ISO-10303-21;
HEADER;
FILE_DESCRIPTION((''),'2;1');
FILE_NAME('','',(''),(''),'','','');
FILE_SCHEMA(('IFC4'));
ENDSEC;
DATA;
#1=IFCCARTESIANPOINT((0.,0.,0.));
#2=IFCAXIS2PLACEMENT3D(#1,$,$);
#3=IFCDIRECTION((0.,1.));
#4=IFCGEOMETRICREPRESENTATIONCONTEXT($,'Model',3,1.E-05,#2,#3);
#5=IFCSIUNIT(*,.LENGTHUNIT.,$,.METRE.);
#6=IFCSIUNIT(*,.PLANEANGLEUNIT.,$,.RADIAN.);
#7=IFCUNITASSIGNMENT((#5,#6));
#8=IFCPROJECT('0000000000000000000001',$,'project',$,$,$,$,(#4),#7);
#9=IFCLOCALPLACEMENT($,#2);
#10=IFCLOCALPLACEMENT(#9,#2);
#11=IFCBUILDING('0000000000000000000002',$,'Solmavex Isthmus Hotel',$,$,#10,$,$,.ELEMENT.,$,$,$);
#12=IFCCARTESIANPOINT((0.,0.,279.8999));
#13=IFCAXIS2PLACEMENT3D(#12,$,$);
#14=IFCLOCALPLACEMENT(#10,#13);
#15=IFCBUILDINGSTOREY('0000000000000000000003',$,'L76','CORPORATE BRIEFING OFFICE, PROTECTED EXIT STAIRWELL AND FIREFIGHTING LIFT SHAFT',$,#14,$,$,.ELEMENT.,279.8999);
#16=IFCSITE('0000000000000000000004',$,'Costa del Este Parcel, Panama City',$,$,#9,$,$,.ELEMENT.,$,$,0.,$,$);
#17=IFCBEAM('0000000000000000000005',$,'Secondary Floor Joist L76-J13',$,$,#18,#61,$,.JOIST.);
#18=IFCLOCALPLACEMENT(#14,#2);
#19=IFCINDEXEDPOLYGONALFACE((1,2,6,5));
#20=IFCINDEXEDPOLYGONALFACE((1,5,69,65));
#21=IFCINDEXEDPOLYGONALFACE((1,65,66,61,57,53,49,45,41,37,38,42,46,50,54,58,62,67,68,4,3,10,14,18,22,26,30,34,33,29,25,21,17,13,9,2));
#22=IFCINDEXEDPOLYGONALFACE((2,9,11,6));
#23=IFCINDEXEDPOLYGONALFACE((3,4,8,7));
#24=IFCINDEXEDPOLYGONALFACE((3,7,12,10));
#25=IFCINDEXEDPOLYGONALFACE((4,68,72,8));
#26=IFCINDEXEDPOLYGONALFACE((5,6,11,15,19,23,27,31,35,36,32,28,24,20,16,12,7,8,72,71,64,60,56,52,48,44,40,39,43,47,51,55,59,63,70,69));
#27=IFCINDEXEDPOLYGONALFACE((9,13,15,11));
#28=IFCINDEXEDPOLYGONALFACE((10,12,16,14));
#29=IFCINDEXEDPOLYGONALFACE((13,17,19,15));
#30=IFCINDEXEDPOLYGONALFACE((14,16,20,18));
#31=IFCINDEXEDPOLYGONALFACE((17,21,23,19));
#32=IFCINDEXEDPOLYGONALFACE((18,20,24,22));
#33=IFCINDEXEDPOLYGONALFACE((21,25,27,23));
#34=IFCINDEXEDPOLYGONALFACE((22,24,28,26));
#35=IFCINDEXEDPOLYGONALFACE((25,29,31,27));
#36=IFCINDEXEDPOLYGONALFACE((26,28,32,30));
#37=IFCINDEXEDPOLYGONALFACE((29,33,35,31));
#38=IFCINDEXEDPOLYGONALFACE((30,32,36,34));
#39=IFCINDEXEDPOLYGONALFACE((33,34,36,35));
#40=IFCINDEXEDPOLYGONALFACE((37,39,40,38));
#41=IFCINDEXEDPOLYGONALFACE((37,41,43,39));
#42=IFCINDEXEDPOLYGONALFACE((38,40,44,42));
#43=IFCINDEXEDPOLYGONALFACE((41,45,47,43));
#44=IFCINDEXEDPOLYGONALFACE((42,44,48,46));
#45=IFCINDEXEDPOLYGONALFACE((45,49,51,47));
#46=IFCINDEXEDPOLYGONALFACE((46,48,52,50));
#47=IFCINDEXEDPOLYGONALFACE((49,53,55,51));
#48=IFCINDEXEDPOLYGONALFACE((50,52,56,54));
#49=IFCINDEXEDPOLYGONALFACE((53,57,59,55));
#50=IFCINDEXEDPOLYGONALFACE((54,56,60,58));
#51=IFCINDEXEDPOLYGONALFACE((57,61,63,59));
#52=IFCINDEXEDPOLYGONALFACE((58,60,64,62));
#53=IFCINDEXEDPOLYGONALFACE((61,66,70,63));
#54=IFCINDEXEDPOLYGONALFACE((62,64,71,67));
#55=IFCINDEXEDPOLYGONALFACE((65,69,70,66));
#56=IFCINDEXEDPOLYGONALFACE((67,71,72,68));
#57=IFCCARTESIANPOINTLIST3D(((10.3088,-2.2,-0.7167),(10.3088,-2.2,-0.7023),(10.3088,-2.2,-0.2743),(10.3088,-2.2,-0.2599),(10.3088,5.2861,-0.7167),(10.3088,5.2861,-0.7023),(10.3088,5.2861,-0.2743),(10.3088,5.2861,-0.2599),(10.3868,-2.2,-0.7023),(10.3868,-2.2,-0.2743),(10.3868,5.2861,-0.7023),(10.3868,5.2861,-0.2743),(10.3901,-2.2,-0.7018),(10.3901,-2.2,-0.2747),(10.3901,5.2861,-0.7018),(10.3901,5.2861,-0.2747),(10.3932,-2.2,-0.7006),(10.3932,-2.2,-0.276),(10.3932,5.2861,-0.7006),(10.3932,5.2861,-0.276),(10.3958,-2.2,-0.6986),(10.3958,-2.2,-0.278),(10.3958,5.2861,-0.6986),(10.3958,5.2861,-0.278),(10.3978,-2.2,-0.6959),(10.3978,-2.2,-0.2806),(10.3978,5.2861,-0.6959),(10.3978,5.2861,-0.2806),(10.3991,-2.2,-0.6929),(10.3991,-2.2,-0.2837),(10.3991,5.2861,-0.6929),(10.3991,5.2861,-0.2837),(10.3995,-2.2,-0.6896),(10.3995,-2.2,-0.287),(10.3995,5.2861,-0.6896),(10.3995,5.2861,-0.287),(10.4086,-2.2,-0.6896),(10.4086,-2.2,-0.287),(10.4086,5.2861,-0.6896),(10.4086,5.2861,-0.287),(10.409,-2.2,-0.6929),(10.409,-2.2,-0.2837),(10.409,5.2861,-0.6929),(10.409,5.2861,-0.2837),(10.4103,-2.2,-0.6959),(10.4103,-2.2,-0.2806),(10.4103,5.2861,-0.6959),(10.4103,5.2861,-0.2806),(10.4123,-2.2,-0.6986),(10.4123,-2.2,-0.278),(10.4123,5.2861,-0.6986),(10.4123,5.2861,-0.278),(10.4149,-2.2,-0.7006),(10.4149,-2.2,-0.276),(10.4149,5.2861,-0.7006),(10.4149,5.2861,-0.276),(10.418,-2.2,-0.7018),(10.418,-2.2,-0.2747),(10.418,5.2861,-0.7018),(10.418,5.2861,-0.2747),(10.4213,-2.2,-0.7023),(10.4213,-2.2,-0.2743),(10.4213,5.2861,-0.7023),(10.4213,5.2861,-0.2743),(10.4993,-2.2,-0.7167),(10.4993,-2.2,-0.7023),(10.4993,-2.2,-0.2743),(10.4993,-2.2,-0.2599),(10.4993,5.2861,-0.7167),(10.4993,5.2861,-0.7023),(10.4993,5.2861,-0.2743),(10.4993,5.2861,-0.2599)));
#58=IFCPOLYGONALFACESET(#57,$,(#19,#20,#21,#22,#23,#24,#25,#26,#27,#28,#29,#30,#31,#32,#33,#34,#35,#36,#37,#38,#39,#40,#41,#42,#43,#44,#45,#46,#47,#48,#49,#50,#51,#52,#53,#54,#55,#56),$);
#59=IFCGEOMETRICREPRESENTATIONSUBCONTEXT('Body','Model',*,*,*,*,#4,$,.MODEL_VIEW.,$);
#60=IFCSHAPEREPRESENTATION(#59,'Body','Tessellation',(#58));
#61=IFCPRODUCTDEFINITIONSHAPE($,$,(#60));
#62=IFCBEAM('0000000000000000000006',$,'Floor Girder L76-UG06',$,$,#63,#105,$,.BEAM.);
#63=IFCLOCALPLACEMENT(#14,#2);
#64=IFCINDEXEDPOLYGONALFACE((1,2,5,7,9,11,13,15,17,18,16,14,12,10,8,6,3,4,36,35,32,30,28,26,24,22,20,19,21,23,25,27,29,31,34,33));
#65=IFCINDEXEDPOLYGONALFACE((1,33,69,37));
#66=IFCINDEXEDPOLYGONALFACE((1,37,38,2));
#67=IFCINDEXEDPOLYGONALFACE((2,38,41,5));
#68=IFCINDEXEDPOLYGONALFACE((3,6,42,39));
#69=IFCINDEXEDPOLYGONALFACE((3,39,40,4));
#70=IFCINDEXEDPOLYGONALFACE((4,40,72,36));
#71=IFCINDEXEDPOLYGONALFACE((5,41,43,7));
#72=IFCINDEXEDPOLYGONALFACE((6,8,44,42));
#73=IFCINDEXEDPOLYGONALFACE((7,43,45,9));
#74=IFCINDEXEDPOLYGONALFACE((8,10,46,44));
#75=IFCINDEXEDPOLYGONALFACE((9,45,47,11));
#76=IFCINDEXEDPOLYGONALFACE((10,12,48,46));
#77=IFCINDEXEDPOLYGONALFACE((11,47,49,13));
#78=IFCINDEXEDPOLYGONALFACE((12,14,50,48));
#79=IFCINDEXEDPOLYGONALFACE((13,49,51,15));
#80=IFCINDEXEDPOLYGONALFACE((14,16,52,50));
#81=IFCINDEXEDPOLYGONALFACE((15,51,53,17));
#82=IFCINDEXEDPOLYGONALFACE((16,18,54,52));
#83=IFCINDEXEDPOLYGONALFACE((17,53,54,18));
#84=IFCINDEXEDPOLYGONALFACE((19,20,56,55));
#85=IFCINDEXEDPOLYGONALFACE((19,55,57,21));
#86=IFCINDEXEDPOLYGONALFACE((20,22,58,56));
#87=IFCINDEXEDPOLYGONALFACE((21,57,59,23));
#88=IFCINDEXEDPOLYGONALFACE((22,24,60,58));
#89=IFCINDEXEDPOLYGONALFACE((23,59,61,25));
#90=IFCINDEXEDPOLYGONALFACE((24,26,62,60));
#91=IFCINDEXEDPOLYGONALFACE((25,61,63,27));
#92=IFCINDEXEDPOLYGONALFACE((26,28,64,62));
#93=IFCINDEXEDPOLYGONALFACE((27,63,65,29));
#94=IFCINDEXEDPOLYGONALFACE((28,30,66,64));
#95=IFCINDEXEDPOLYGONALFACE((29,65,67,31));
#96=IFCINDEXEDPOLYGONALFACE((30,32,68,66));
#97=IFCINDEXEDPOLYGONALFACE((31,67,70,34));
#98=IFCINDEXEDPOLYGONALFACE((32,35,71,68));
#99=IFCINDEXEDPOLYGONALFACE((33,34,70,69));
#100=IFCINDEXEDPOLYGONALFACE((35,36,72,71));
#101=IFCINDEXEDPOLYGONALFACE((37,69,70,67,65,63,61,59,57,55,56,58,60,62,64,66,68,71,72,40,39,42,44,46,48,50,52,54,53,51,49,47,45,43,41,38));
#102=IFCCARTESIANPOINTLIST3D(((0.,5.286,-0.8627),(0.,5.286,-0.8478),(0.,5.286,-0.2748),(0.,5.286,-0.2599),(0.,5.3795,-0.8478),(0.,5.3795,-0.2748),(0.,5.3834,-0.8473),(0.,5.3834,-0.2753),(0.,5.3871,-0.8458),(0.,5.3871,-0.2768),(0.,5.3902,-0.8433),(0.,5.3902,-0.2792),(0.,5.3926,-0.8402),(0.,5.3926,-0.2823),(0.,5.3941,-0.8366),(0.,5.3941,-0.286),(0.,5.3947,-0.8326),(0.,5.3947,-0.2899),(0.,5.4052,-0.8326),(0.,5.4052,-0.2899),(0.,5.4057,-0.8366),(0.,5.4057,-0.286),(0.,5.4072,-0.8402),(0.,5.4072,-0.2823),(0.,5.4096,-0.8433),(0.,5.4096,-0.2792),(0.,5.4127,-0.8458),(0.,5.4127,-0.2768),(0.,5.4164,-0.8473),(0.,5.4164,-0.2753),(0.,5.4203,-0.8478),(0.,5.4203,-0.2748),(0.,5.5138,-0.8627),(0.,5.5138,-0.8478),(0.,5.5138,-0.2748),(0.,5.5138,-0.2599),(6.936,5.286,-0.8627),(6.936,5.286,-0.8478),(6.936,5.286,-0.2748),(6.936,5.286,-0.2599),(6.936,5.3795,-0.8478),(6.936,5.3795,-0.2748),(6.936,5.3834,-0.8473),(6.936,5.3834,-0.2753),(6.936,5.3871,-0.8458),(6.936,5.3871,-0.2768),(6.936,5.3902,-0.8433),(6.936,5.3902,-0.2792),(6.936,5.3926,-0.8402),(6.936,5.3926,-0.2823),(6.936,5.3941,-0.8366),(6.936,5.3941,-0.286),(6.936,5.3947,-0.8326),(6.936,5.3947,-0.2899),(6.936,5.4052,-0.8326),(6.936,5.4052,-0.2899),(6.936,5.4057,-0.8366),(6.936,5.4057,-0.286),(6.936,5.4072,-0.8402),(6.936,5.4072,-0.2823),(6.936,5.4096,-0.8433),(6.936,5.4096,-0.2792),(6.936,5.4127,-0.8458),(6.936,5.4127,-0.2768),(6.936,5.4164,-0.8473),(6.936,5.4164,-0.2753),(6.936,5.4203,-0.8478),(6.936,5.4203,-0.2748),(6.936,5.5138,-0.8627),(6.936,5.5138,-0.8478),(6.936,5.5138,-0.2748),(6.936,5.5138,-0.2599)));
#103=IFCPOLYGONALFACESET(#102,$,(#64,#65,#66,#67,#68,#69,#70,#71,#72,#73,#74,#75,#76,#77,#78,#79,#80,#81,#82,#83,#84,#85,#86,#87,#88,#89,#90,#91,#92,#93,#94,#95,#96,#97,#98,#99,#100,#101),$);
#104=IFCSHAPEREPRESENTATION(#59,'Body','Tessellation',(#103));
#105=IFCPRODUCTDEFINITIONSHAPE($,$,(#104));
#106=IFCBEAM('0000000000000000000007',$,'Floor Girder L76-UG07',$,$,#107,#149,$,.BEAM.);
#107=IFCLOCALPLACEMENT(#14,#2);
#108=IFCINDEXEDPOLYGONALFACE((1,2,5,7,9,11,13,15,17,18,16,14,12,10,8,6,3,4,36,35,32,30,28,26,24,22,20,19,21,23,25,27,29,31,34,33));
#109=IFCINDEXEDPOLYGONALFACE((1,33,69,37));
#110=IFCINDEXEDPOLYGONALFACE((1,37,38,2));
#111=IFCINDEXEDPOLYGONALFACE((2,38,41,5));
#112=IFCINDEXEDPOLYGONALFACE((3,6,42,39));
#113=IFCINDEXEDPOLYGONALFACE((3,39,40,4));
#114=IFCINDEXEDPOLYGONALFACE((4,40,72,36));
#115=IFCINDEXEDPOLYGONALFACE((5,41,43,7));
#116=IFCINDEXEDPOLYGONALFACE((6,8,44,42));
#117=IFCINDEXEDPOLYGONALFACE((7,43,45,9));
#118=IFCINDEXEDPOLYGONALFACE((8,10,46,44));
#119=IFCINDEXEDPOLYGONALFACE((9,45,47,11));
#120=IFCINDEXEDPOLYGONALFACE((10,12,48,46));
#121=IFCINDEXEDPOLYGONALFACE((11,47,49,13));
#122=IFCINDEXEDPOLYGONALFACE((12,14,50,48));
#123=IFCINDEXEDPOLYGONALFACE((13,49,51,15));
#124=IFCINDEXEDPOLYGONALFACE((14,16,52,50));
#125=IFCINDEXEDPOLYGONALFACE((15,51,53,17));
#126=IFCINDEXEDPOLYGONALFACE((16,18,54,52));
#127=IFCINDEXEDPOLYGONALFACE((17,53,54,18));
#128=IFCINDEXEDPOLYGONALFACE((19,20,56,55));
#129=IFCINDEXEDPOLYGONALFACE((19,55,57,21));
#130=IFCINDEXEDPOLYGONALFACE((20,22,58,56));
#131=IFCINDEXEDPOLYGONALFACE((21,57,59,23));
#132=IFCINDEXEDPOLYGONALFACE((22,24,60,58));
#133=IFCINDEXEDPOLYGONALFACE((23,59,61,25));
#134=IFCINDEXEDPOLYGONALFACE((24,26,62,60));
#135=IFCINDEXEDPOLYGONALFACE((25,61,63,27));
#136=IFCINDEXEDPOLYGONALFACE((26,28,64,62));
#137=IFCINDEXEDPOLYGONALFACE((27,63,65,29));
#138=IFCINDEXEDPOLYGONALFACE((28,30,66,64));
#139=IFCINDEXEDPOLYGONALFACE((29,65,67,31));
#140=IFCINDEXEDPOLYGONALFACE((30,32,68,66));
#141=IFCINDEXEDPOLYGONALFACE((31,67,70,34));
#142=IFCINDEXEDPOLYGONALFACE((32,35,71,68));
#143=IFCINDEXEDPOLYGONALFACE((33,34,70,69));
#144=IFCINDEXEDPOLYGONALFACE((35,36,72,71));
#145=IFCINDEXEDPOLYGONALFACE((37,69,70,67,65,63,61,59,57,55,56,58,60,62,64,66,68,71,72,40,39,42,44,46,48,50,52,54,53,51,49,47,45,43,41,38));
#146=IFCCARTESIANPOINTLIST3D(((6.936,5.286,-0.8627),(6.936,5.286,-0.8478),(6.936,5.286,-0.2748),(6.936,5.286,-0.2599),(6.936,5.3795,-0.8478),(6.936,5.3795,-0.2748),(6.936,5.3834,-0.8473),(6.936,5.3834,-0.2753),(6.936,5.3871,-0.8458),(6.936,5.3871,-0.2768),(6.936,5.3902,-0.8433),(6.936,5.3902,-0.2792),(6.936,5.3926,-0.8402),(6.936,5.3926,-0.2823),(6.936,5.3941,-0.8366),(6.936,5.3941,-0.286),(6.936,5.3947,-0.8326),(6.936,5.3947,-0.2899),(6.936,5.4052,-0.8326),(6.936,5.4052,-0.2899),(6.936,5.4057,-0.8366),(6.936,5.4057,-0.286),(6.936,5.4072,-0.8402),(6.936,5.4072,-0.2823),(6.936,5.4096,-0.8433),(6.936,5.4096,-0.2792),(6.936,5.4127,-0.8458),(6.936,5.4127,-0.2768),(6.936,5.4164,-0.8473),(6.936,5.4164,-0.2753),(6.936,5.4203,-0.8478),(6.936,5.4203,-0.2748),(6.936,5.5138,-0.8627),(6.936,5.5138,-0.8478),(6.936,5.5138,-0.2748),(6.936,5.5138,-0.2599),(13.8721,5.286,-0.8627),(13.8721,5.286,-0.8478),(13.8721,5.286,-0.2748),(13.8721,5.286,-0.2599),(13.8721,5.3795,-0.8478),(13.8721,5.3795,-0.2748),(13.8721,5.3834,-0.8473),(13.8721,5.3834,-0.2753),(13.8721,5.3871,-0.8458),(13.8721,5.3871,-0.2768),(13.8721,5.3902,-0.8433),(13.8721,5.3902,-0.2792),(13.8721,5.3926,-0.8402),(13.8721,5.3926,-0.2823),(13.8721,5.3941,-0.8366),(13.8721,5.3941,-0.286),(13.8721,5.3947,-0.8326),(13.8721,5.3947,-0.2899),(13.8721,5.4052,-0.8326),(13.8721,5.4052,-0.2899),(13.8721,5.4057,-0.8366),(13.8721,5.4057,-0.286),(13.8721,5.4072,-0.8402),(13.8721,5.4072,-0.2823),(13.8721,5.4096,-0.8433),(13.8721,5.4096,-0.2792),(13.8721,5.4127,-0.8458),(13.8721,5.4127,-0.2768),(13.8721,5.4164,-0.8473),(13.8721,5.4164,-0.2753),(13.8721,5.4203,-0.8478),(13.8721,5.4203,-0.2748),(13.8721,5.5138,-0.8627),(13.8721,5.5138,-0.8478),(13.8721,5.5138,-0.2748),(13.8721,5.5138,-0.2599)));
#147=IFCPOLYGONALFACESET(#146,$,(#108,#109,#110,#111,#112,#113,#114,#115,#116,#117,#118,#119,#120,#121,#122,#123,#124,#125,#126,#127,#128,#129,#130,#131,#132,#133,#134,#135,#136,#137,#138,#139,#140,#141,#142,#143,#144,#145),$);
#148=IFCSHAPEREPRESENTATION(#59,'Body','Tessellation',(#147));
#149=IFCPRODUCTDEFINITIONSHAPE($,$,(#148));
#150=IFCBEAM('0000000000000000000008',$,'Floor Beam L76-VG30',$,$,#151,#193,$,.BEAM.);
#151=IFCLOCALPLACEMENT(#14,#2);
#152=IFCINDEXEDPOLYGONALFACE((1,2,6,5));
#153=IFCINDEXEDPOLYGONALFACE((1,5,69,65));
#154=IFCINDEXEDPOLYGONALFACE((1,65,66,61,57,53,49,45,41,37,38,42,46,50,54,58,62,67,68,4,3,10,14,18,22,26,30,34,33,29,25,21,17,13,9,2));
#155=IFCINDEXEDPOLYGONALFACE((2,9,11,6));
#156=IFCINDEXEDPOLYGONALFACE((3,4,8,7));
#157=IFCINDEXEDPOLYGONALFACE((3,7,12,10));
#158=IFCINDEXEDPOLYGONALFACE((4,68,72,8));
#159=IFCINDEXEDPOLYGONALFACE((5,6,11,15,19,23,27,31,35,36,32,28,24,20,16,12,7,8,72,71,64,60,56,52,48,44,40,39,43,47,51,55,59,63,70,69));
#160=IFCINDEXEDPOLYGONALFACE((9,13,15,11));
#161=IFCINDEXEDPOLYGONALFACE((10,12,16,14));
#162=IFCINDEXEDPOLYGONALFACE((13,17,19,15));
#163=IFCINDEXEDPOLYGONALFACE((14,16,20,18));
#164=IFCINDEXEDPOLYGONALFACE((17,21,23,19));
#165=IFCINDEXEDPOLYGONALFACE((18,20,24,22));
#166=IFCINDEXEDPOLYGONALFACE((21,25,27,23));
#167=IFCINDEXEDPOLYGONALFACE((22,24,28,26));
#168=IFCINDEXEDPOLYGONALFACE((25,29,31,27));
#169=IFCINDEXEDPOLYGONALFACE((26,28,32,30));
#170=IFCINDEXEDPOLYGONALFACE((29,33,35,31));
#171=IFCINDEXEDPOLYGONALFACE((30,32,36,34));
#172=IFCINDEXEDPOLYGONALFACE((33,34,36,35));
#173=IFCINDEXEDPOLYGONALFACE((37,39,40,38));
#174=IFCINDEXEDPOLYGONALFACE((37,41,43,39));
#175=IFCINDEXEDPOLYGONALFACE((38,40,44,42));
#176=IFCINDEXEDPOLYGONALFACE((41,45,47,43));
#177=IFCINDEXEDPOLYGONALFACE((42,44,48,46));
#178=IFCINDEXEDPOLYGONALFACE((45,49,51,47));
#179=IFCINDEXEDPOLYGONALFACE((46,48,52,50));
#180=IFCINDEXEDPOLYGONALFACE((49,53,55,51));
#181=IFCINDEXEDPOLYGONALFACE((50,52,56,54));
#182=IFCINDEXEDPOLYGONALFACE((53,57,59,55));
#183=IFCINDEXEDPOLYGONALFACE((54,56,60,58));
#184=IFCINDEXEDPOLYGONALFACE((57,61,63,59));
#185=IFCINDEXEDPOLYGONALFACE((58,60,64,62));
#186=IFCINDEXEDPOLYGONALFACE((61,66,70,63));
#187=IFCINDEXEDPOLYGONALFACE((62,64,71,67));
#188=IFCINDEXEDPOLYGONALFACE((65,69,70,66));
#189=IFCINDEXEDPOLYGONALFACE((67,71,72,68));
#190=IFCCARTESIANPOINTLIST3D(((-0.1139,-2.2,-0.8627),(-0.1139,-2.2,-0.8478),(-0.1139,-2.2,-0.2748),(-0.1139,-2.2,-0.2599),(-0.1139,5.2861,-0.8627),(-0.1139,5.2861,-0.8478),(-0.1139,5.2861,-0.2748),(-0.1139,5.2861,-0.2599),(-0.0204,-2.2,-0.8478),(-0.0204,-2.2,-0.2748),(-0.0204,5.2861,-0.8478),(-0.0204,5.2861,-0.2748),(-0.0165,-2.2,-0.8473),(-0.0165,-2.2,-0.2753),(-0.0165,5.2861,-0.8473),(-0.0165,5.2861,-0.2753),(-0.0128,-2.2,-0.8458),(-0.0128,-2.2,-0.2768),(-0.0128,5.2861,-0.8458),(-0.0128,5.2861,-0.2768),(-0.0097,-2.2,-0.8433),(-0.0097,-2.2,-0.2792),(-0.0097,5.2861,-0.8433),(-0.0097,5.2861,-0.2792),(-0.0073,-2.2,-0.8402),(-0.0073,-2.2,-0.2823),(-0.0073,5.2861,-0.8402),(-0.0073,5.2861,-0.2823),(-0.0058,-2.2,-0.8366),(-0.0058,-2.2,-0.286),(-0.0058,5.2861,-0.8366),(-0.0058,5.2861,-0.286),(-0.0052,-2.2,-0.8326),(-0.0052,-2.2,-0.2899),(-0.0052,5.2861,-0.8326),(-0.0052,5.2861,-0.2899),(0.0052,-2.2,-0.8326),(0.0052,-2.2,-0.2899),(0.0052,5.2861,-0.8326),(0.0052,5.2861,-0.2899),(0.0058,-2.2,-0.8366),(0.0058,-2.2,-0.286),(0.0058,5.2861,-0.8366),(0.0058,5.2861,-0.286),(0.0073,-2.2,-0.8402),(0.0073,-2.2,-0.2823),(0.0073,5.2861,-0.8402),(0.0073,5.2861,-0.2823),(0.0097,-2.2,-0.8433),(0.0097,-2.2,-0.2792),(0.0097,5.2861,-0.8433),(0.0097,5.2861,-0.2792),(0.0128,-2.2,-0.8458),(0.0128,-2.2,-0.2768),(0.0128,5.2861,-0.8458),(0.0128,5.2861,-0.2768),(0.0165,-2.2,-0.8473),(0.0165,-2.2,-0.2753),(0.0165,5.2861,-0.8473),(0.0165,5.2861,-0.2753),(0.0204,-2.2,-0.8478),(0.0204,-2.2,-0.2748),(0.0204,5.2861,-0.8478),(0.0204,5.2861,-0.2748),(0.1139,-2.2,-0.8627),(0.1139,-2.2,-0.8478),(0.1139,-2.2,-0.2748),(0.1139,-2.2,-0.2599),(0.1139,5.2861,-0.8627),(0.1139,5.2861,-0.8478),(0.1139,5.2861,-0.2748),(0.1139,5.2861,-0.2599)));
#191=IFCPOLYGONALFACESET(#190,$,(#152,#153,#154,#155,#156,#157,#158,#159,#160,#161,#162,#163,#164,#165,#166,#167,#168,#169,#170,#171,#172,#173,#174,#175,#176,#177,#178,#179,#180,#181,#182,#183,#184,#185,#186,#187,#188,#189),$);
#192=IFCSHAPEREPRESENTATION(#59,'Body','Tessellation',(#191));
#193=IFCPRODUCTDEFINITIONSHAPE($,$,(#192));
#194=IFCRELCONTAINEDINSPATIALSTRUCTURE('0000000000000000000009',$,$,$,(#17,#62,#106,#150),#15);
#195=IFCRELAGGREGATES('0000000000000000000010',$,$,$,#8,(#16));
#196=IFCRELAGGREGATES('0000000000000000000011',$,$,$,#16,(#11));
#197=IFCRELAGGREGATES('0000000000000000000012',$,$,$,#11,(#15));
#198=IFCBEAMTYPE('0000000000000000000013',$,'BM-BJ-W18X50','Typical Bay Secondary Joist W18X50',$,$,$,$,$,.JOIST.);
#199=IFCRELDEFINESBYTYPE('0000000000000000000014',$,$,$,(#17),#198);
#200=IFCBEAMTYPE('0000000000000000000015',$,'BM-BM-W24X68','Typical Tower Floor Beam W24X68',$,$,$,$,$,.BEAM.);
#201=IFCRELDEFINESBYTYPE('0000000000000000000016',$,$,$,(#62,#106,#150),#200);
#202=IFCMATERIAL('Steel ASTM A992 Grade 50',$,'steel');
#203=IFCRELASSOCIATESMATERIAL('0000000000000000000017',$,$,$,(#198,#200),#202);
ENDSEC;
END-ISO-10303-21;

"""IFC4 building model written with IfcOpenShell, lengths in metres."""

from ifc_helpers import new_model, si_unit, direction, frame, origin, origin_2d, place, context, subcontext, project, spatial, i_section, extrude, material, material_profile, profile_set, type_object, element, save


model = new_model("IFC4")

# Units and contexts
model_context = context("Model", 3, precision=1e-05, world=origin(), true_north=direction((0.0, 1.0)))
body_context = subcontext(model_context, "Body", "Model", "MODEL_VIEW")
ifc_project = project(units=[si_unit("LENGTHUNIT", "METRE"), si_unit("PLANEANGLEUNIT", "RADIAN")], contexts=[model_context])

# Site, building, storey
site_placement = place(None, origin())
site = spatial("IfcSite", under=ifc_project, at=site_placement, Name="Costa del Este Parcel, Panama City", CompositionType="ELEMENT", RefElevation=0.0)
building_placement = place(site_placement, origin())
building = spatial("IfcBuilding", under=site, at=building_placement, Name="Solmavex Isthmus Hotel", CompositionType="ELEMENT")
storey_placement = place(building_placement, frame((0.0, 0.0, 279.8999)))
storey = spatial("IfcBuildingStorey", under=building, at=storey_placement, Name="L76", Description="CORPORATE BRIEFING OFFICE, PROTECTED EXIT STAIRWELL AND FIREFIGHTING LIFT SHAFT", CompositionType="ELEMENT", Elevation=279.8999)

# Beams
ifc_material_1 = material(Name="Steel ASTM A992 Grade 50", Category="steel")
ifc_material_profile_1 = material_profile(ifc_material_1, i_section(OverallWidth=0.1904, OverallDepth=0.4568, WebThickness=0.009, FlangeThickness=0.0144, FilletRadius=0.0127, at=origin_2d()), Name="W18X50")
ifc_profile_set_1 = profile_set([ifc_material_profile_1], Name="Steel ASTM A992 Grade 50")
beam_type_1 = type_object("IfcBeamType", Name="BM-BJ-W18X50", Description="Typical Bay Secondary Joist W18X50", PredefinedType="JOIST", material=ifc_profile_set_1)
for number, where, z_axis, x_axis, name in (
    (1, (10.4041, -2.2, -0.4883), (0.0, 1.0, 0.0), (-1.0, 0.0, 0.0), "Secondary Floor Joist L76-J13"),
):
    element("IfcBeam", number, at=place(storey_placement, frame(where, z_axis=z_axis, x_axis=x_axis)), inside=storey, type_object=beam_type_1, Name=name, PredefinedType="JOIST", context=body_context, shape_type="SweptSolid", body=[
        extrude(i_section(OverallWidth=0.1904, OverallDepth=0.4568, WebThickness=0.009, FlangeThickness=0.0144, FilletRadius=0.0127, at=origin_2d()), origin(), (0.0, 0.0, 1.0), 7.4861),
    ])
ifc_material_profile_2 = material_profile(ifc_material_1, i_section(OverallWidth=0.2278, OverallDepth=0.6028, WebThickness=0.0105, FlangeThickness=0.0149, FilletRadius=0.0151, at=origin_2d()), Name="W24X68")
ifc_profile_set_2 = profile_set([ifc_material_profile_2], Name="Steel ASTM A992 Grade 50")
beam_type_2 = type_object("IfcBeamType", Name="BM-BM-W24X68", Description="Typical Tower Floor Beam W24X68", PredefinedType="BEAM", material=ifc_profile_set_2)
for number, where, z_axis, x_axis, name in (
    (2, (0.0, 5.3999, -0.5613), (1.0, 0.0, 0.0), (0.0, 1.0, 0.0), "Floor Girder L76-UG06"),
    (3, (6.936, 5.3999, -0.5613), (1.0, 0.0, 0.0), (0.0, 1.0, 0.0), "Floor Girder L76-UG07"),
):
    element("IfcBeam", number, at=place(storey_placement, frame(where, z_axis=z_axis, x_axis=x_axis)), inside=storey, type_object=beam_type_2, Name=name, PredefinedType="BEAM", context=body_context, shape_type="SweptSolid", body=[
        extrude(i_section(OverallWidth=0.2278, OverallDepth=0.6028, WebThickness=0.0105, FlangeThickness=0.0149, FilletRadius=0.0151, at=origin_2d()), origin(), (0.0, 0.0, 1.0), 6.936),
    ])
for number, where, z_axis, x_axis, name in (
    (4, (0.0, -2.2, -0.5613), (0.0, 1.0, 0.0), (-1.0, 0.0, 0.0), "Floor Beam L76-VG30"),
):
    element("IfcBeam", number, at=place(storey_placement, frame(where, z_axis=z_axis, x_axis=x_axis)), inside=storey, type_object=beam_type_2, Name=name, PredefinedType="BEAM", context=body_context, shape_type="SweptSolid", body=[
        extrude(i_section(OverallWidth=0.2278, OverallDepth=0.6028, WebThickness=0.0105, FlangeThickness=0.0149, FilletRadius=0.0151, at=origin_2d()), origin(), (0.0, 0.0, 1.0), 7.4861),
    ])

save(model, "model.ifc")
